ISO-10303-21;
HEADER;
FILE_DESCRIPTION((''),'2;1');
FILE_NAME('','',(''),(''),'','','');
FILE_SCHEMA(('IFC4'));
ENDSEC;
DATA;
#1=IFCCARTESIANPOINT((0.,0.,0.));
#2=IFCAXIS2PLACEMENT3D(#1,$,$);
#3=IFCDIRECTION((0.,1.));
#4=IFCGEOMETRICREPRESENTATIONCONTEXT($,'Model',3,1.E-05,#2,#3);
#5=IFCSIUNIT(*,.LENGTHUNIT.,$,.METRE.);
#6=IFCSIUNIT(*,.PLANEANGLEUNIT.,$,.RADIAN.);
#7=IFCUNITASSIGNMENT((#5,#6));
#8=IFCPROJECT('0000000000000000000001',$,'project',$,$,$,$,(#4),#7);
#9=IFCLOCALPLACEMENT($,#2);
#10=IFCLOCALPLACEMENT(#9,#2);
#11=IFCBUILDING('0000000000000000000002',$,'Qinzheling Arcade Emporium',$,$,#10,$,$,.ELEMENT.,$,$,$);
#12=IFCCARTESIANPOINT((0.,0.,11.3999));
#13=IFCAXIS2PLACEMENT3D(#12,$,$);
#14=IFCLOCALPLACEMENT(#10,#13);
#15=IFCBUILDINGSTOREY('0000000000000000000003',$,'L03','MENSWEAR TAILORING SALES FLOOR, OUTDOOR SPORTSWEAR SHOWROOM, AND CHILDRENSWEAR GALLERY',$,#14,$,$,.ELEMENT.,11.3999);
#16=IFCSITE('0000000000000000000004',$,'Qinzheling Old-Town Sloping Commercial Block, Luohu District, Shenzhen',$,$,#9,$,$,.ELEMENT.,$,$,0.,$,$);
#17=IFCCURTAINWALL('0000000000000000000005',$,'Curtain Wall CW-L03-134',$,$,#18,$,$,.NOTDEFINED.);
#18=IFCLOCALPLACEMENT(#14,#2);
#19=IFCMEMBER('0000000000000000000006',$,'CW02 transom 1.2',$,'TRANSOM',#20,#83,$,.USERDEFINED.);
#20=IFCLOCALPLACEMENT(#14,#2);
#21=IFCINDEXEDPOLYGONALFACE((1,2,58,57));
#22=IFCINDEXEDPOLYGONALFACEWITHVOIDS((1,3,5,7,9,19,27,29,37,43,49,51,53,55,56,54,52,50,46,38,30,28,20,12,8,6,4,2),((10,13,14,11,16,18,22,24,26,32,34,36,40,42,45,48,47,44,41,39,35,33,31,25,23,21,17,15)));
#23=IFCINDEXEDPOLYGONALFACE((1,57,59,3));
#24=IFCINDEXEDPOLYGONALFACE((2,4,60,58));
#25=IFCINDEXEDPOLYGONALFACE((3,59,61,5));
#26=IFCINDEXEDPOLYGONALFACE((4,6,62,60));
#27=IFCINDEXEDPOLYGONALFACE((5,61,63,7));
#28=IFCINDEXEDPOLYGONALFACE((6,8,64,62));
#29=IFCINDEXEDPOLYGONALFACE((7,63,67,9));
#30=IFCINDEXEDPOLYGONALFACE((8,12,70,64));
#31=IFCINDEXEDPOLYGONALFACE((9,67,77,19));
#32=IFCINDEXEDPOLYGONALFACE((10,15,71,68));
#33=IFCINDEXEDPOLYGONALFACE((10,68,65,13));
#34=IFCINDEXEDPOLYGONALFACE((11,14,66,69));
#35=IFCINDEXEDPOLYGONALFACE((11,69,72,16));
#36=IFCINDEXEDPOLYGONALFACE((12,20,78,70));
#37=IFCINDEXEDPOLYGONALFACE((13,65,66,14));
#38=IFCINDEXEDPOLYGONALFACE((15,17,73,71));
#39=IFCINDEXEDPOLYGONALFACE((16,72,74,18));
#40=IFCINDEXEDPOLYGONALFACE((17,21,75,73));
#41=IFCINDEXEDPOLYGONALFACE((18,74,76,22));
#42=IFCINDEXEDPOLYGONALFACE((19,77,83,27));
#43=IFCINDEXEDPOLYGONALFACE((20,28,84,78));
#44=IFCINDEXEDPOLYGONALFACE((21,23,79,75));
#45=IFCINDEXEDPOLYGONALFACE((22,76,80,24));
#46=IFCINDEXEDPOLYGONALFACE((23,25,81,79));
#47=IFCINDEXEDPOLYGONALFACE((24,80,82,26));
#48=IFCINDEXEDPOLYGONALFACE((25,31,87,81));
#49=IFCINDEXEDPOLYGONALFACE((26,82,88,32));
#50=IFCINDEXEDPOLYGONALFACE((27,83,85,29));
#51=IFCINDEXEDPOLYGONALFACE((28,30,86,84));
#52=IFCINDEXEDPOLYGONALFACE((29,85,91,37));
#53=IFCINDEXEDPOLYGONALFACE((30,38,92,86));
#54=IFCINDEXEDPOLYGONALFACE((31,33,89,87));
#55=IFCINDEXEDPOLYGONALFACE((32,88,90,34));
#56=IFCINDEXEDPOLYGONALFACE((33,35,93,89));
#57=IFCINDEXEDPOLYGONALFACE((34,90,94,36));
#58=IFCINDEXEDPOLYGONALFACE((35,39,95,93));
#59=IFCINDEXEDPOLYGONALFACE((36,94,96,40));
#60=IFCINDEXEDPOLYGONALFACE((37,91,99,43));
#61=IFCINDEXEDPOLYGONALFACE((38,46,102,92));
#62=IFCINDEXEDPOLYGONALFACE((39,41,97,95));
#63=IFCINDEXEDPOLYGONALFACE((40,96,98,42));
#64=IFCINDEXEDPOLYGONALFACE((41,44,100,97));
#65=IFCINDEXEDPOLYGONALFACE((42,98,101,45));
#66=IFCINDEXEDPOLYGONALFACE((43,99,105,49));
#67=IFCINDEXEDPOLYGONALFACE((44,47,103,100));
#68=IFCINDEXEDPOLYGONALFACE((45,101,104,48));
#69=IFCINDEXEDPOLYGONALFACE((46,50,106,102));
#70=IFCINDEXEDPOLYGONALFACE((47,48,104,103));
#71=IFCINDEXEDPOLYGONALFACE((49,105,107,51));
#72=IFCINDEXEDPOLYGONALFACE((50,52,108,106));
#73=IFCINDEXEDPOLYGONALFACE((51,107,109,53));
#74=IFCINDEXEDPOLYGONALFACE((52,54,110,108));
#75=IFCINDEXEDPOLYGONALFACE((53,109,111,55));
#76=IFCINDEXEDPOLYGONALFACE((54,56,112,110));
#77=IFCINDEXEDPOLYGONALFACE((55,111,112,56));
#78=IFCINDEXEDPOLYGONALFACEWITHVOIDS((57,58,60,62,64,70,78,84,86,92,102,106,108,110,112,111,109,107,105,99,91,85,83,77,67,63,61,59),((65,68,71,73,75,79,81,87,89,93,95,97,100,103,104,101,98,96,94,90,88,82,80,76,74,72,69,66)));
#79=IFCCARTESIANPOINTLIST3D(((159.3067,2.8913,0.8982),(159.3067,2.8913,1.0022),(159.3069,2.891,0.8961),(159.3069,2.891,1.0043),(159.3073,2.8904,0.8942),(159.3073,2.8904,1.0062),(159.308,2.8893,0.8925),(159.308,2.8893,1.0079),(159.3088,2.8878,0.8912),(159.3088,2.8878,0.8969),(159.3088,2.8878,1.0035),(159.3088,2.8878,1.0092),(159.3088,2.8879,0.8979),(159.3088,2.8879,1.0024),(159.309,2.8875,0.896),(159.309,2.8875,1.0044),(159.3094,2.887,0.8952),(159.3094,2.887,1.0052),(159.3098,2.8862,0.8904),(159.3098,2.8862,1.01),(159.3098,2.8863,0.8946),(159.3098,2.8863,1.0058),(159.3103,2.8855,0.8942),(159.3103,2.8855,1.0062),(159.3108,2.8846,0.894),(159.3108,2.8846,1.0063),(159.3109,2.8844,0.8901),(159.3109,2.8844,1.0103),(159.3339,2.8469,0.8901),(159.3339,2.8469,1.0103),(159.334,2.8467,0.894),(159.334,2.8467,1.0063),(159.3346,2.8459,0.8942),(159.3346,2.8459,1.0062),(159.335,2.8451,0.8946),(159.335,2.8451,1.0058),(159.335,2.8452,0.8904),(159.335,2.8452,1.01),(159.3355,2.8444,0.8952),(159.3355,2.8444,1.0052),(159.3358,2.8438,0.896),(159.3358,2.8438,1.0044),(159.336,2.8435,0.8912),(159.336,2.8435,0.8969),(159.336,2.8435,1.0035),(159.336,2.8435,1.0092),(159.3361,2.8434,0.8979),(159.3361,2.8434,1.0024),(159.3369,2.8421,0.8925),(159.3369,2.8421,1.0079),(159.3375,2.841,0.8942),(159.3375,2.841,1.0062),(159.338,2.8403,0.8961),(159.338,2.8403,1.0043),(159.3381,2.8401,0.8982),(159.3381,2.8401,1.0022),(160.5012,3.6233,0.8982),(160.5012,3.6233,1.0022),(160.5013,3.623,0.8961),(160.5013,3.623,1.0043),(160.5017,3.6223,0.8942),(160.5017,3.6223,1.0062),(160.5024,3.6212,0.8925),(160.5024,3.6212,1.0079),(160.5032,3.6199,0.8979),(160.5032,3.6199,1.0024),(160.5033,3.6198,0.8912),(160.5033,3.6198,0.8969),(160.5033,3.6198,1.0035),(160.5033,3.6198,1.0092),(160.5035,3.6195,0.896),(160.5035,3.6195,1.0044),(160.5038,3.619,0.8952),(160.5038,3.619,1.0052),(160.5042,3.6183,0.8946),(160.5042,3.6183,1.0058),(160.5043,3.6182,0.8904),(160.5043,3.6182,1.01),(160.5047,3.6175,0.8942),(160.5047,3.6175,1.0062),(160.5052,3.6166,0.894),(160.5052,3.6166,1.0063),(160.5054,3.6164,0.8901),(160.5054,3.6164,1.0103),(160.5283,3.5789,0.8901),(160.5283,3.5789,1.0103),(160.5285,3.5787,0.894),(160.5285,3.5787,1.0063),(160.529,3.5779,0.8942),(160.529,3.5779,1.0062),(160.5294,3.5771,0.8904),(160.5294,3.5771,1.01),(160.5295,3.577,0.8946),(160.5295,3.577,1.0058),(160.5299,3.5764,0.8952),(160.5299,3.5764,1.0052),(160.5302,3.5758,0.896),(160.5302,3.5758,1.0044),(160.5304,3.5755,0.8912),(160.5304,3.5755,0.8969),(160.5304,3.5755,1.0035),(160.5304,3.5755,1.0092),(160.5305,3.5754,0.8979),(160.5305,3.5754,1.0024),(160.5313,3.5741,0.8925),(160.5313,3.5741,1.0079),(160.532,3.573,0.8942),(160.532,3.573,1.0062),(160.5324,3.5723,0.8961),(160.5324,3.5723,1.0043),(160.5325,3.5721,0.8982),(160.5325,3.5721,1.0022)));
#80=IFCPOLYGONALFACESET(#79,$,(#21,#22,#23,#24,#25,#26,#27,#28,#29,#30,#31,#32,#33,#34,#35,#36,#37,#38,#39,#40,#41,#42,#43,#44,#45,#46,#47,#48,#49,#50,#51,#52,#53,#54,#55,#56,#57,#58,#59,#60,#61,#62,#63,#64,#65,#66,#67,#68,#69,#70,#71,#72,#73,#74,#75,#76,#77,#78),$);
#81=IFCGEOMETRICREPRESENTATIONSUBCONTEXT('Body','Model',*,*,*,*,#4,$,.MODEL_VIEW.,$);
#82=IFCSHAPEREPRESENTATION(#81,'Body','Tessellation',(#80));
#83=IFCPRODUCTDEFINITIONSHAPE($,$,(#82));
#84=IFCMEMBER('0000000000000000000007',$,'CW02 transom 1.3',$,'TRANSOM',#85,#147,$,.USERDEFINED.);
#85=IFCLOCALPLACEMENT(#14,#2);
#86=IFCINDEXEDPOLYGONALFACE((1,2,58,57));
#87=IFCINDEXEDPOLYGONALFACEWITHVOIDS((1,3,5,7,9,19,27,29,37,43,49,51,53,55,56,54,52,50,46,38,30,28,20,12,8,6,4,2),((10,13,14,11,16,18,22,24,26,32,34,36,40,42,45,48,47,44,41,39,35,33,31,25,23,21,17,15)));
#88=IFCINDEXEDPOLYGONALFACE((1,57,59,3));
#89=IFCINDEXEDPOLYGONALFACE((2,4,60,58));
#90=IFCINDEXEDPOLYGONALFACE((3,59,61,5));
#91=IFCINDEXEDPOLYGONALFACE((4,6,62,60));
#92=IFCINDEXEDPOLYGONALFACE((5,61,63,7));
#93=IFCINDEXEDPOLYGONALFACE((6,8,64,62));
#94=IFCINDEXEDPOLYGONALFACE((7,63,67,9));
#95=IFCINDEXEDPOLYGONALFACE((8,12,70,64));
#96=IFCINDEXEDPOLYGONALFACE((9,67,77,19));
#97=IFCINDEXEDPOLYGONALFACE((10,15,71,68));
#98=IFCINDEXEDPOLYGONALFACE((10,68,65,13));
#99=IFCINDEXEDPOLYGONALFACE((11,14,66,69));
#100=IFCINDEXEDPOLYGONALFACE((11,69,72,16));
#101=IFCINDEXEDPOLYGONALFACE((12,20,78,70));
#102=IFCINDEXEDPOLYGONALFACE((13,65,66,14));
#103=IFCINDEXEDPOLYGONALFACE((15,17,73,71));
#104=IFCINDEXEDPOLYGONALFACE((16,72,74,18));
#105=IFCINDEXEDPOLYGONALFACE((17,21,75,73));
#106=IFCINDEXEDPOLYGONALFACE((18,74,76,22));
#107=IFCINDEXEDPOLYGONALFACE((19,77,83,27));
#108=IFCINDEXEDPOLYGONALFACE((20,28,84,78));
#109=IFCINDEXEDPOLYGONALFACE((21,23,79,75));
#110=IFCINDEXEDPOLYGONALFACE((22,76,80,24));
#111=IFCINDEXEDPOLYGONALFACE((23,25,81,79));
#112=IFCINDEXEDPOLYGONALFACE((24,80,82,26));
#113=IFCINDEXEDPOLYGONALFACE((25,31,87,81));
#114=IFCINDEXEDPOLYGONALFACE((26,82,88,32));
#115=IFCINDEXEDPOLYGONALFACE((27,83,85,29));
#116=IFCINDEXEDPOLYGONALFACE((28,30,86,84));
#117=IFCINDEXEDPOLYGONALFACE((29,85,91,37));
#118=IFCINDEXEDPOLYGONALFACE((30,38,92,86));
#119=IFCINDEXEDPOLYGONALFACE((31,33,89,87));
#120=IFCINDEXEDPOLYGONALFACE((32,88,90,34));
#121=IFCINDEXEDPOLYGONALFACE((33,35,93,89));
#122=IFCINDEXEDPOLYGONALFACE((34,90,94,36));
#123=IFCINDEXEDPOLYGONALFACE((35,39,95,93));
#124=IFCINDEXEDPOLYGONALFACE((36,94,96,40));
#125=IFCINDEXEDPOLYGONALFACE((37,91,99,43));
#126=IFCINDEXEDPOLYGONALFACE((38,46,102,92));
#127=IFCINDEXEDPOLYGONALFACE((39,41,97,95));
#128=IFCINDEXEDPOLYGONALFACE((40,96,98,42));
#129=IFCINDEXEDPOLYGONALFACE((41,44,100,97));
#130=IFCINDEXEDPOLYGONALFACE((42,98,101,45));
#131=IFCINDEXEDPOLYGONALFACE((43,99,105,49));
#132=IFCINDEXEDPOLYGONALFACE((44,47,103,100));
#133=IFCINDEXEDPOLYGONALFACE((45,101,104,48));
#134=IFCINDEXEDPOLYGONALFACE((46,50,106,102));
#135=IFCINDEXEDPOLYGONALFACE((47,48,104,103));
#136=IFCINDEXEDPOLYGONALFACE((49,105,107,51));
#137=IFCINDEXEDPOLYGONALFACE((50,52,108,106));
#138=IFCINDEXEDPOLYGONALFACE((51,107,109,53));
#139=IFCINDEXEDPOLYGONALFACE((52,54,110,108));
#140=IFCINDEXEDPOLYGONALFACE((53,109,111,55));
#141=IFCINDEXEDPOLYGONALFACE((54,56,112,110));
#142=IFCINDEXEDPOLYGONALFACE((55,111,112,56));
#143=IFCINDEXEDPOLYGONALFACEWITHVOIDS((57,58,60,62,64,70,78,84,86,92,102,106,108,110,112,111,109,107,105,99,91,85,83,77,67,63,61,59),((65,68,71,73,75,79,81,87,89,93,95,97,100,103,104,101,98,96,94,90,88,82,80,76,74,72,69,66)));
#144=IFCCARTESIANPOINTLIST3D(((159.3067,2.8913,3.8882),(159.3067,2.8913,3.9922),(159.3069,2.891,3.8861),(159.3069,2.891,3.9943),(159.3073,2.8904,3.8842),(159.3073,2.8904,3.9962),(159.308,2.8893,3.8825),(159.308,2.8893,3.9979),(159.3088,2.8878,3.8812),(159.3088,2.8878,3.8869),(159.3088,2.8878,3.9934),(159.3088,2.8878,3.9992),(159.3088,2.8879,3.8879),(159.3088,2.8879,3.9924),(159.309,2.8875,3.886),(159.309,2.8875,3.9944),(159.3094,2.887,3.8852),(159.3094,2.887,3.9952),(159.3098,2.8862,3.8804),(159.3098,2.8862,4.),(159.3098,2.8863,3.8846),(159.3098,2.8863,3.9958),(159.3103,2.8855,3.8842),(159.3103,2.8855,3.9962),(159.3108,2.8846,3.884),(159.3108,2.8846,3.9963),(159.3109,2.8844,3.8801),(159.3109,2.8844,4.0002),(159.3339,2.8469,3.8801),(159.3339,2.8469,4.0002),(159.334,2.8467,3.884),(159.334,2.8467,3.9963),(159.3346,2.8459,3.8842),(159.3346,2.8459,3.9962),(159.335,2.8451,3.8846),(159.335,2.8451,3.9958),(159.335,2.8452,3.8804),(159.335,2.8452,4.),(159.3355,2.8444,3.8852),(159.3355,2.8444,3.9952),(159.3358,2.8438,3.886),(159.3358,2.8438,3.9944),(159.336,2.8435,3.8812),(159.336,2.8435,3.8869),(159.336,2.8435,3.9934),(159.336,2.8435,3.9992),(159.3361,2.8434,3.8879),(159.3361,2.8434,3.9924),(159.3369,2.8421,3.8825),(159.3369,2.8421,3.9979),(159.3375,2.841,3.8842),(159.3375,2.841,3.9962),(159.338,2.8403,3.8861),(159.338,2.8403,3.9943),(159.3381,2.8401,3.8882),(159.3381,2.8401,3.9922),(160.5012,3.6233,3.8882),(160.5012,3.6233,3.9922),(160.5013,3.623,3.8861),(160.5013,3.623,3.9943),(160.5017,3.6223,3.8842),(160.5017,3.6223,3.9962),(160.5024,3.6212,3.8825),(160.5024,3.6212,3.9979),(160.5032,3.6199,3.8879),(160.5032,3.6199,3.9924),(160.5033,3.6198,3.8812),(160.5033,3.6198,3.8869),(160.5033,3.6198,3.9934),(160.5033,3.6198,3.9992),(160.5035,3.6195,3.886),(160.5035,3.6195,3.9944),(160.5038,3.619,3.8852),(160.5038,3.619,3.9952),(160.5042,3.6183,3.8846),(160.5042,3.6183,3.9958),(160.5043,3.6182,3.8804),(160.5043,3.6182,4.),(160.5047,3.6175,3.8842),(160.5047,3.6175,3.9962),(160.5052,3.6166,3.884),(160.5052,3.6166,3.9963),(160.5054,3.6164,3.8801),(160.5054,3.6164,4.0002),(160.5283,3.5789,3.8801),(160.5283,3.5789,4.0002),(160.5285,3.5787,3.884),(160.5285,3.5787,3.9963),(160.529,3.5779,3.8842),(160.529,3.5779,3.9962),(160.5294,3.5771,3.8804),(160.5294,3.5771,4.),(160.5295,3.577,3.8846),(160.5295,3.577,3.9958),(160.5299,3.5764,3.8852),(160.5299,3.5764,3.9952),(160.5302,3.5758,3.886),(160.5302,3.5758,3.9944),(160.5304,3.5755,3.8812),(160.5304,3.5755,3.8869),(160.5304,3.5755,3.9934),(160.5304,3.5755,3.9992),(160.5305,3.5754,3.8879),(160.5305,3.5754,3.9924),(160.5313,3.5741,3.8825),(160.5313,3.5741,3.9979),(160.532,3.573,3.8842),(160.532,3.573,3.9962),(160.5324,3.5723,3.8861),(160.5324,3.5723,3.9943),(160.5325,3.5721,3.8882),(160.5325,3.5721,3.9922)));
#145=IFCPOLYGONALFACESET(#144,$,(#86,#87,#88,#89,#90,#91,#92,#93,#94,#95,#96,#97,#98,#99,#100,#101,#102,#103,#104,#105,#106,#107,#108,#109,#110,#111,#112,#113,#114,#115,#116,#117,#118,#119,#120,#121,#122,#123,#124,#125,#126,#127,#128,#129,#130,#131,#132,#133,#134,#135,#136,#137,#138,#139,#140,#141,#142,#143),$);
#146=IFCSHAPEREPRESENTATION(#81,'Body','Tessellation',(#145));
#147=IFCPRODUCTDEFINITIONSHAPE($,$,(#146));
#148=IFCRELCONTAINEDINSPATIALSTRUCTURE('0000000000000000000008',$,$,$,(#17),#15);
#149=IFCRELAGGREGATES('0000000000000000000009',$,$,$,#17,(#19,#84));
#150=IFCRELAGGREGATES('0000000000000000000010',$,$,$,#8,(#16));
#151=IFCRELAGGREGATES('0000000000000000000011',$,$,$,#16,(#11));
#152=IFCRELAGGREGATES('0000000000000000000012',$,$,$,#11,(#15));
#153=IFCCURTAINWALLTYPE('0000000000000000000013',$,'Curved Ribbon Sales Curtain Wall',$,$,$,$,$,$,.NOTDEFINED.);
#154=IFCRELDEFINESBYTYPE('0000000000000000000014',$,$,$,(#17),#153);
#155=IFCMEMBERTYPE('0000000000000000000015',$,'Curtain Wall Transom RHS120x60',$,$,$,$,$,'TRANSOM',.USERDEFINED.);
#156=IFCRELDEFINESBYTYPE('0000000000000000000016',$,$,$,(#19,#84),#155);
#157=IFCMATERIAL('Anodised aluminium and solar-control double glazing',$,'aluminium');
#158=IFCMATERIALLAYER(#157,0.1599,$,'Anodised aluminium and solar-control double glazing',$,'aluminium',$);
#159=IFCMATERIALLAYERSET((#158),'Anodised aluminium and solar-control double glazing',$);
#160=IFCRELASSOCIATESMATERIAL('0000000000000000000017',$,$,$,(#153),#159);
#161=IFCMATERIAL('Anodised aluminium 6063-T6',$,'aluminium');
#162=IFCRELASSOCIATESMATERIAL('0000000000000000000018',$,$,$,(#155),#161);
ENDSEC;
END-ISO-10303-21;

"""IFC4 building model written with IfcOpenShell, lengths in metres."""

from ifc_helpers import new_model, si_unit, direction, frame, origin, origin_2d, place, context, subcontext, project, spatial, hollow_rectangle, extrude, material, layer, layer_set, material_profile, profile_set, type_object, element, aggregate, save


model = new_model("IFC4")

# Units and contexts
model_context = context("Model", 3, precision=1e-05, world=origin(), true_north=direction((0.0, 1.0)))
body_context = subcontext(model_context, "Body", "Model", "MODEL_VIEW")
ifc_project = project(units=[si_unit("LENGTHUNIT", "METRE"), si_unit("PLANEANGLEUNIT", "RADIAN")], contexts=[model_context])

# Site, building, storey
site_placement = place(None, origin())
site = spatial("IfcSite", under=ifc_project, at=site_placement, Name="Qinzheling Old-Town Sloping Commercial Block, Luohu District, Shenzhen", CompositionType="ELEMENT", RefElevation=0.0)
building_placement = place(site_placement, origin())
building = spatial("IfcBuilding", under=site, at=building_placement, Name="Qinzheling Arcade Emporium", CompositionType="ELEMENT")
storey_placement = place(building_placement, frame((0.0, 0.0, 11.3999)))
storey = spatial("IfcBuildingStorey", under=building, at=storey_placement, Name="L03", Description="MENSWEAR TAILORING SALES FLOOR, OUTDOOR SPORTSWEAR SHOWROOM, AND CHILDRENSWEAR GALLERY", CompositionType="ELEMENT", Elevation=11.3999)

# Curtain wall
ifc_material_1 = material(Name="Anodised aluminium and solar-control double glazing", Category="aluminium")
ifc_layer_1 = layer(ifc_material_1, 0.1599, Name="Anodised aluminium and solar-control double glazing", Category="aluminium")
ifc_layer_set_1 = layer_set([ifc_layer_1], Name="Anodised aluminium and solar-control double glazing")
curtain_wall_type = type_object("IfcCurtainWallType", Name="Curved Ribbon Sales Curtain Wall", PredefinedType="NOTDEFINED", material=ifc_layer_set_1)
ifc_material_2 = material(Name="Anodised aluminium 6063-T6", Category="aluminium")
curtain_wall_1_placement = place(storey_placement, origin())
curtain_wall_1 = element("IfcCurtainWall", 1, at=curtain_wall_1_placement, inside=storey, type_object=curtain_wall_type, Name="Curtain Wall CW-L03-134", PredefinedType="NOTDEFINED")

# Members
ifc_material_profile_1 = material_profile(ifc_material_2, hollow_rectangle(XDim=0.0601, YDim=0.1201, WallThickness=0.0039, InnerFilletRadius=0.0039, OuterFilletRadius=0.0081, at=origin_2d()), Name="RHS 120x60x4", Category="aluminium")
ifc_profile_set_1 = profile_set([ifc_material_profile_1], Name="Anodised aluminium 6063-T6")
member_type_1 = type_object("IfcMemberType", Name="Curtain Wall Transom RHS120x60", ElementType="TRANSOM", PredefinedType="USERDEFINED", material=ifc_profile_set_1)
member_1_placement = place(storey_placement, frame((160.5168, 3.5977, 0.9502), z_axis=(-0.852626, -0.522521, 0.0), x_axis=(0.522521, -0.852626, 0.0)))
member_1 = element("IfcMember", 2, at=member_1_placement, type_object=member_type_1, Name="CW02 transom 1.2", ObjectType="TRANSOM", PredefinedType="USERDEFINED", context=body_context, shape_type="SweptSolid", body=[
    extrude(hollow_rectangle(XDim=0.0601, YDim=0.1201, WallThickness=0.0039, InnerFilletRadius=0.0039, OuterFilletRadius=0.0081, at=origin_2d()), origin(), (0.0, 0.0, 1.0), 1.4009),
])
member_2_placement = place(storey_placement, frame((160.5168, 3.5977, 3.9402), z_axis=(-0.852626, -0.522521, 0.0), x_axis=(0.522521, -0.852626, 0.0)))
member_2 = element("IfcMember", 3, at=member_2_placement, type_object=member_type_1, Name="CW02 transom 1.3", ObjectType="TRANSOM", PredefinedType="USERDEFINED", context=body_context, shape_type="SweptSolid", body=[
    extrude(hollow_rectangle(XDim=0.0601, YDim=0.1201, WallThickness=0.0039, InnerFilletRadius=0.0039, OuterFilletRadius=0.0081, at=origin_2d()), origin(), (0.0, 0.0, 1.0), 1.4009),
])

aggregate(curtain_wall_1, [member_1, member_2])

save(model, "model.ifc")
